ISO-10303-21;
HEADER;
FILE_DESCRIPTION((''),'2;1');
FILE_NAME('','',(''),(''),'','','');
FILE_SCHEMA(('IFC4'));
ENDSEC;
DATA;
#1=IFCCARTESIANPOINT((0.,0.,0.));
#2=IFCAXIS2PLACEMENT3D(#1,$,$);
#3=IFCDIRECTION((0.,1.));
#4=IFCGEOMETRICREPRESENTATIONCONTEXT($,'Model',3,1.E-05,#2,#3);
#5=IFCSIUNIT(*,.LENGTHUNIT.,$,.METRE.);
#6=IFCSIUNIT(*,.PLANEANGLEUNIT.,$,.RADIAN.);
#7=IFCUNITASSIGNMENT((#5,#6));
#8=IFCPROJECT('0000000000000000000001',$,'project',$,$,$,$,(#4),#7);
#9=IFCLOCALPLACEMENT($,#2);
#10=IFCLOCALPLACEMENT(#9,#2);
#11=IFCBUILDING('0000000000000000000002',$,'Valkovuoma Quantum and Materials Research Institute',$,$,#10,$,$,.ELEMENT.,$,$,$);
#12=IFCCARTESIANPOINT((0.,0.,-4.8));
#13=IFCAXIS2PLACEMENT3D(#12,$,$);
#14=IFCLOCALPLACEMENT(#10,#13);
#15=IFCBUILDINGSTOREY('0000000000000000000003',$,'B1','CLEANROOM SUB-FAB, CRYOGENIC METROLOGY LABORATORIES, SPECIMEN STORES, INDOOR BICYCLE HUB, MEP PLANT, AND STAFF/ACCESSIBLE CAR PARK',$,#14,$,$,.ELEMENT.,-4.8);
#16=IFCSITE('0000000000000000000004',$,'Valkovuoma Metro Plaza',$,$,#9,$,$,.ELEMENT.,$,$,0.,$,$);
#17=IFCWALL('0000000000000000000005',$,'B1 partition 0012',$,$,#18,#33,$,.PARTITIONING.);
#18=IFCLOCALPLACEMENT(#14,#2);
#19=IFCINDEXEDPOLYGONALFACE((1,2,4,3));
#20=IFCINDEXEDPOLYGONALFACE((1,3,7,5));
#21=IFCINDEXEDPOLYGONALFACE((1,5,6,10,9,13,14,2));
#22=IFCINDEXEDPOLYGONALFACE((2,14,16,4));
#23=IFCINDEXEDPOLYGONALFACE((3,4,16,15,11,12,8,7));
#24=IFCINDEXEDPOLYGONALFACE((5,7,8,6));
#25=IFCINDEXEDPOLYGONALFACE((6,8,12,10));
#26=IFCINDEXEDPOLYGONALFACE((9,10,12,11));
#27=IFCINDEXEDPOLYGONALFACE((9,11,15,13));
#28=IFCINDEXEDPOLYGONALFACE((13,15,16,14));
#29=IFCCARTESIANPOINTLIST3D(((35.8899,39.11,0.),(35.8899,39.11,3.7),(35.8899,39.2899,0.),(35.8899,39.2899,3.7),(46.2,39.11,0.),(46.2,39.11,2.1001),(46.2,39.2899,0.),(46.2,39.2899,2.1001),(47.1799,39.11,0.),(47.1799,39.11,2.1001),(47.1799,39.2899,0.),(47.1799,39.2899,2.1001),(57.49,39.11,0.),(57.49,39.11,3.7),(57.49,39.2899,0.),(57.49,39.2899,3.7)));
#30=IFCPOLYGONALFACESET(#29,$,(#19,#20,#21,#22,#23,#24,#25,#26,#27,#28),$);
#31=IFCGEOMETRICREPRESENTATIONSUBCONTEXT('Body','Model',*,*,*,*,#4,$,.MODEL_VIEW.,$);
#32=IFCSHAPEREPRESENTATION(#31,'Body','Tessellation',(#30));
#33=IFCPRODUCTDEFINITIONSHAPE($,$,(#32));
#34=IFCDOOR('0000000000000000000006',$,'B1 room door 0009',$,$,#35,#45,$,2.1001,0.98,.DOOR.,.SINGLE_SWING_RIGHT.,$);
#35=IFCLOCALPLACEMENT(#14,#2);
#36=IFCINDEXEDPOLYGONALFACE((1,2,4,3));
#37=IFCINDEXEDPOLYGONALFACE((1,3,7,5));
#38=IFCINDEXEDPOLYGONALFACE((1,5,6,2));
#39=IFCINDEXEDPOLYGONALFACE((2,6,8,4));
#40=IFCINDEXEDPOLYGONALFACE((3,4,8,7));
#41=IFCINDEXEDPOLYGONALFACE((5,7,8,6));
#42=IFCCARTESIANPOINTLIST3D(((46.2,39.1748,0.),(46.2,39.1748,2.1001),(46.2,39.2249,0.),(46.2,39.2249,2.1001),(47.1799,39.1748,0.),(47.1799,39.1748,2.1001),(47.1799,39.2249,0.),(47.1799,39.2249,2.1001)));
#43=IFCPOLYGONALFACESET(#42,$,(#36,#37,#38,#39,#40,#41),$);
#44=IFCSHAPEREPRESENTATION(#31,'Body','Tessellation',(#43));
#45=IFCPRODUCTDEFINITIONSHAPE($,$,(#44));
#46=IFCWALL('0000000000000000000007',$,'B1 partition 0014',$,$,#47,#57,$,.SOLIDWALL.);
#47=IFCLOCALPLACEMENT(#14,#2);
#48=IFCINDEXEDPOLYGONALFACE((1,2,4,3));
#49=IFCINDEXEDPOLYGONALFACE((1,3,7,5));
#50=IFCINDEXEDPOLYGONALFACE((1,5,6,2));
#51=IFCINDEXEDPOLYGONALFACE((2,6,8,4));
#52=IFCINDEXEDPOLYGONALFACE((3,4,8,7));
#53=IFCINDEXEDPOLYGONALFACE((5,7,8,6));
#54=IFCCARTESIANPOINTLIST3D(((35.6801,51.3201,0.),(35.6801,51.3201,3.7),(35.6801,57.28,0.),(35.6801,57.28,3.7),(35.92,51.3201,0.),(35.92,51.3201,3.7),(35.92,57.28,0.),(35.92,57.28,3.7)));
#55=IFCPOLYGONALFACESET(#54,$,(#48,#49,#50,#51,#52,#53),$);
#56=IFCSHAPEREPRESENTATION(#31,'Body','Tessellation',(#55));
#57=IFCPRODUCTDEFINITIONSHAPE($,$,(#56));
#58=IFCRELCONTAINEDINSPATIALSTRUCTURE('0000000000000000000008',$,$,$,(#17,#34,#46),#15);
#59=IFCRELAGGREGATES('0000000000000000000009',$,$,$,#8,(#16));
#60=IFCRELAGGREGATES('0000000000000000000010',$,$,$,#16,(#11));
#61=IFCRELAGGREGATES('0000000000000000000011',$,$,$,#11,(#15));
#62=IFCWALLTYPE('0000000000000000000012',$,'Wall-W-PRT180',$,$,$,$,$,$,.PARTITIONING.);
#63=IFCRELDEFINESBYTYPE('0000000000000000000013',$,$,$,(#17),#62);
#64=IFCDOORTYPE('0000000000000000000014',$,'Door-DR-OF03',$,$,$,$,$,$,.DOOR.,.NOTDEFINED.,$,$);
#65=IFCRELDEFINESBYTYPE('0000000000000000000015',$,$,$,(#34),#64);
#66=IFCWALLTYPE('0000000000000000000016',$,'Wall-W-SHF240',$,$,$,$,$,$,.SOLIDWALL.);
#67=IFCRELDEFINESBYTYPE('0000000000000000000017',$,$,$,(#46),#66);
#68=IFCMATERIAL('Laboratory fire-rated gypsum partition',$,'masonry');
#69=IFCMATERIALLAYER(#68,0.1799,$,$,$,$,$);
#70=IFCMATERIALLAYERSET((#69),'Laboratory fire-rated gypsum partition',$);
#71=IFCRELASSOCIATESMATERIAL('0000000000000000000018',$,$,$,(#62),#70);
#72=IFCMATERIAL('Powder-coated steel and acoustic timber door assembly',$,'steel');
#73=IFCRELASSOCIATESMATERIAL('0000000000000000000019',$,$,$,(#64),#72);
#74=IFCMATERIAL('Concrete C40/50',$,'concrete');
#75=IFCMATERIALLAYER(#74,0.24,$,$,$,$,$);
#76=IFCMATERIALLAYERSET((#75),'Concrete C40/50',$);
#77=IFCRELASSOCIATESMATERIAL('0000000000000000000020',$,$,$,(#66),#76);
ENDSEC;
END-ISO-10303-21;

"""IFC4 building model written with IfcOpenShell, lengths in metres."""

from ifc_helpers import new_model, si_unit, direction, frame, frame_2d, origin, place, context, subcontext, project, spatial, rectangle, extrude, material, layer, layer_set, type_object, element, fill, save


model = new_model("IFC4")

# Units and contexts
model_context = context("Model", 3, precision=1e-05, world=origin(), true_north=direction((0.0, 1.0)))
body_context = subcontext(model_context, "Body", "Model", "MODEL_VIEW")
ifc_project = project(units=[si_unit("LENGTHUNIT", "METRE"), si_unit("PLANEANGLEUNIT", "RADIAN")], contexts=[model_context])

# Site, building, storey
site_placement = place(None, origin())
site = spatial("IfcSite", under=ifc_project, at=site_placement, Name="Valkovuoma Metro Plaza", CompositionType="ELEMENT", RefElevation=0.0)
building_placement = place(site_placement, origin())
building = spatial("IfcBuilding", under=site, at=building_placement, Name="Valkovuoma Quantum and Materials Research Institute", CompositionType="ELEMENT")
storey_placement = place(building_placement, frame((0.0, 0.0, -4.8)))
storey = spatial("IfcBuildingStorey", under=building, at=storey_placement, Name="B1", Description="CLEANROOM SUB-FAB, CRYOGENIC METROLOGY LABORATORIES, SPECIMEN STORES, INDOOR BICYCLE HUB, MEP PLANT, AND STAFF/ACCESSIBLE CAR PARK", CompositionType="ELEMENT", Elevation=-4.8)

# Shared definitions
ifc_material_1 = material(Name="Laboratory fire-rated gypsum partition", Category="masonry")
ifc_layer_1 = layer(ifc_material_1, 0.1799)
ifc_layer_set_1 = layer_set([ifc_layer_1], Name="Laboratory fire-rated gypsum partition")
wall_type_1 = type_object("IfcWallType", Name="Wall-W-PRT180", PredefinedType="PARTITIONING", material=ifc_layer_set_1)

# Wall, opening, door
wall_1_placement = place(storey_placement, frame((35.8899, 39.2, 0.0), z_axis=(0.0, 0.0, 1.0), x_axis=(1.0, 0.0, 0.0)))
wall_1 = element("IfcWall", 1, at=wall_1_placement, inside=storey, type_object=wall_type_1, Name="B1 partition 0012", PredefinedType="PARTITIONING", context=body_context, shape_type="SweptSolid", body=[
    extrude(rectangle(XDim=21.6001, YDim=0.1799, at=frame_2d((10.8, 0.0))), origin(), (0.0, 0.0, 1.0), 3.7),
])
opening_placement = place(wall_1_placement, frame((10.3101, 0.0, 0.0)))
opening = element("IfcOpeningElement", 2, at=opening_placement, cuts=wall_1, PredefinedType="OPENING", context=body_context, shape_type="SweptSolid", body=[
    extrude(rectangle(XDim=0.98, YDim=2.1001, at=frame_2d((0.49, 1.05))), frame((0.0, 0.1001, 0.0), z_axis=(0.0, -1.0, 0.0), x_axis=(1.0, 0.0, 0.0)), (0.0, 0.0, 1.0), 0.2),
])
ifc_material_2 = material(Name="Powder-coated steel and acoustic timber door assembly", Category="steel")
door_type = type_object("IfcDoorType", Name="Door-DR-OF03", OperationType="NOTDEFINED", PredefinedType="DOOR", material=ifc_material_2)
door_placement = place(opening_placement, origin())
door = element("IfcDoor", 3, at=door_placement, inside=storey, type_object=door_type, Name="B1 room door 0009", OperationType="SINGLE_SWING_RIGHT", OverallHeight=2.1001, OverallWidth=0.98, PredefinedType="DOOR", context=body_context, shape_type="SweptSolid", body=[
    extrude(rectangle(XDim=0.98, YDim=2.1001, at=frame_2d((0.49, 1.05))), frame((0.0, 0.0249, 0.0), z_axis=(0.0, -1.0, 0.0), x_axis=(1.0, 0.0, 0.0)), (0.0, 0.0, 1.0), 0.05),
])
fill(opening, door)

# Wall
ifc_material_3 = material(Name="Concrete C40/50", Category="concrete")
ifc_layer_2 = layer(ifc_material_3, 0.24)
ifc_layer_set_2 = layer_set([ifc_layer_2], Name="Concrete C40/50")
wall_type_2 = type_object("IfcWallType", Name="Wall-W-SHF240", PredefinedType="SOLIDWALL", material=ifc_layer_set_2)
wall_2_placement = place(storey_placement, frame((35.8, 51.3201, 0.0), z_axis=(0.0, 0.0, 1.0), x_axis=(0.0, 1.0, 0.0)))
element("IfcWall", 4, at=wall_2_placement, inside=storey, type_object=wall_type_2, Name="B1 partition 0014", PredefinedType="SOLIDWALL", context=body_context, shape_type="SweptSolid", body=[
    extrude(rectangle(XDim=5.96, YDim=0.24, at=frame_2d((2.98, 0.0))), origin(), (0.0, 0.0, 1.0), 3.7),
])

save(model, "model.ifc")
